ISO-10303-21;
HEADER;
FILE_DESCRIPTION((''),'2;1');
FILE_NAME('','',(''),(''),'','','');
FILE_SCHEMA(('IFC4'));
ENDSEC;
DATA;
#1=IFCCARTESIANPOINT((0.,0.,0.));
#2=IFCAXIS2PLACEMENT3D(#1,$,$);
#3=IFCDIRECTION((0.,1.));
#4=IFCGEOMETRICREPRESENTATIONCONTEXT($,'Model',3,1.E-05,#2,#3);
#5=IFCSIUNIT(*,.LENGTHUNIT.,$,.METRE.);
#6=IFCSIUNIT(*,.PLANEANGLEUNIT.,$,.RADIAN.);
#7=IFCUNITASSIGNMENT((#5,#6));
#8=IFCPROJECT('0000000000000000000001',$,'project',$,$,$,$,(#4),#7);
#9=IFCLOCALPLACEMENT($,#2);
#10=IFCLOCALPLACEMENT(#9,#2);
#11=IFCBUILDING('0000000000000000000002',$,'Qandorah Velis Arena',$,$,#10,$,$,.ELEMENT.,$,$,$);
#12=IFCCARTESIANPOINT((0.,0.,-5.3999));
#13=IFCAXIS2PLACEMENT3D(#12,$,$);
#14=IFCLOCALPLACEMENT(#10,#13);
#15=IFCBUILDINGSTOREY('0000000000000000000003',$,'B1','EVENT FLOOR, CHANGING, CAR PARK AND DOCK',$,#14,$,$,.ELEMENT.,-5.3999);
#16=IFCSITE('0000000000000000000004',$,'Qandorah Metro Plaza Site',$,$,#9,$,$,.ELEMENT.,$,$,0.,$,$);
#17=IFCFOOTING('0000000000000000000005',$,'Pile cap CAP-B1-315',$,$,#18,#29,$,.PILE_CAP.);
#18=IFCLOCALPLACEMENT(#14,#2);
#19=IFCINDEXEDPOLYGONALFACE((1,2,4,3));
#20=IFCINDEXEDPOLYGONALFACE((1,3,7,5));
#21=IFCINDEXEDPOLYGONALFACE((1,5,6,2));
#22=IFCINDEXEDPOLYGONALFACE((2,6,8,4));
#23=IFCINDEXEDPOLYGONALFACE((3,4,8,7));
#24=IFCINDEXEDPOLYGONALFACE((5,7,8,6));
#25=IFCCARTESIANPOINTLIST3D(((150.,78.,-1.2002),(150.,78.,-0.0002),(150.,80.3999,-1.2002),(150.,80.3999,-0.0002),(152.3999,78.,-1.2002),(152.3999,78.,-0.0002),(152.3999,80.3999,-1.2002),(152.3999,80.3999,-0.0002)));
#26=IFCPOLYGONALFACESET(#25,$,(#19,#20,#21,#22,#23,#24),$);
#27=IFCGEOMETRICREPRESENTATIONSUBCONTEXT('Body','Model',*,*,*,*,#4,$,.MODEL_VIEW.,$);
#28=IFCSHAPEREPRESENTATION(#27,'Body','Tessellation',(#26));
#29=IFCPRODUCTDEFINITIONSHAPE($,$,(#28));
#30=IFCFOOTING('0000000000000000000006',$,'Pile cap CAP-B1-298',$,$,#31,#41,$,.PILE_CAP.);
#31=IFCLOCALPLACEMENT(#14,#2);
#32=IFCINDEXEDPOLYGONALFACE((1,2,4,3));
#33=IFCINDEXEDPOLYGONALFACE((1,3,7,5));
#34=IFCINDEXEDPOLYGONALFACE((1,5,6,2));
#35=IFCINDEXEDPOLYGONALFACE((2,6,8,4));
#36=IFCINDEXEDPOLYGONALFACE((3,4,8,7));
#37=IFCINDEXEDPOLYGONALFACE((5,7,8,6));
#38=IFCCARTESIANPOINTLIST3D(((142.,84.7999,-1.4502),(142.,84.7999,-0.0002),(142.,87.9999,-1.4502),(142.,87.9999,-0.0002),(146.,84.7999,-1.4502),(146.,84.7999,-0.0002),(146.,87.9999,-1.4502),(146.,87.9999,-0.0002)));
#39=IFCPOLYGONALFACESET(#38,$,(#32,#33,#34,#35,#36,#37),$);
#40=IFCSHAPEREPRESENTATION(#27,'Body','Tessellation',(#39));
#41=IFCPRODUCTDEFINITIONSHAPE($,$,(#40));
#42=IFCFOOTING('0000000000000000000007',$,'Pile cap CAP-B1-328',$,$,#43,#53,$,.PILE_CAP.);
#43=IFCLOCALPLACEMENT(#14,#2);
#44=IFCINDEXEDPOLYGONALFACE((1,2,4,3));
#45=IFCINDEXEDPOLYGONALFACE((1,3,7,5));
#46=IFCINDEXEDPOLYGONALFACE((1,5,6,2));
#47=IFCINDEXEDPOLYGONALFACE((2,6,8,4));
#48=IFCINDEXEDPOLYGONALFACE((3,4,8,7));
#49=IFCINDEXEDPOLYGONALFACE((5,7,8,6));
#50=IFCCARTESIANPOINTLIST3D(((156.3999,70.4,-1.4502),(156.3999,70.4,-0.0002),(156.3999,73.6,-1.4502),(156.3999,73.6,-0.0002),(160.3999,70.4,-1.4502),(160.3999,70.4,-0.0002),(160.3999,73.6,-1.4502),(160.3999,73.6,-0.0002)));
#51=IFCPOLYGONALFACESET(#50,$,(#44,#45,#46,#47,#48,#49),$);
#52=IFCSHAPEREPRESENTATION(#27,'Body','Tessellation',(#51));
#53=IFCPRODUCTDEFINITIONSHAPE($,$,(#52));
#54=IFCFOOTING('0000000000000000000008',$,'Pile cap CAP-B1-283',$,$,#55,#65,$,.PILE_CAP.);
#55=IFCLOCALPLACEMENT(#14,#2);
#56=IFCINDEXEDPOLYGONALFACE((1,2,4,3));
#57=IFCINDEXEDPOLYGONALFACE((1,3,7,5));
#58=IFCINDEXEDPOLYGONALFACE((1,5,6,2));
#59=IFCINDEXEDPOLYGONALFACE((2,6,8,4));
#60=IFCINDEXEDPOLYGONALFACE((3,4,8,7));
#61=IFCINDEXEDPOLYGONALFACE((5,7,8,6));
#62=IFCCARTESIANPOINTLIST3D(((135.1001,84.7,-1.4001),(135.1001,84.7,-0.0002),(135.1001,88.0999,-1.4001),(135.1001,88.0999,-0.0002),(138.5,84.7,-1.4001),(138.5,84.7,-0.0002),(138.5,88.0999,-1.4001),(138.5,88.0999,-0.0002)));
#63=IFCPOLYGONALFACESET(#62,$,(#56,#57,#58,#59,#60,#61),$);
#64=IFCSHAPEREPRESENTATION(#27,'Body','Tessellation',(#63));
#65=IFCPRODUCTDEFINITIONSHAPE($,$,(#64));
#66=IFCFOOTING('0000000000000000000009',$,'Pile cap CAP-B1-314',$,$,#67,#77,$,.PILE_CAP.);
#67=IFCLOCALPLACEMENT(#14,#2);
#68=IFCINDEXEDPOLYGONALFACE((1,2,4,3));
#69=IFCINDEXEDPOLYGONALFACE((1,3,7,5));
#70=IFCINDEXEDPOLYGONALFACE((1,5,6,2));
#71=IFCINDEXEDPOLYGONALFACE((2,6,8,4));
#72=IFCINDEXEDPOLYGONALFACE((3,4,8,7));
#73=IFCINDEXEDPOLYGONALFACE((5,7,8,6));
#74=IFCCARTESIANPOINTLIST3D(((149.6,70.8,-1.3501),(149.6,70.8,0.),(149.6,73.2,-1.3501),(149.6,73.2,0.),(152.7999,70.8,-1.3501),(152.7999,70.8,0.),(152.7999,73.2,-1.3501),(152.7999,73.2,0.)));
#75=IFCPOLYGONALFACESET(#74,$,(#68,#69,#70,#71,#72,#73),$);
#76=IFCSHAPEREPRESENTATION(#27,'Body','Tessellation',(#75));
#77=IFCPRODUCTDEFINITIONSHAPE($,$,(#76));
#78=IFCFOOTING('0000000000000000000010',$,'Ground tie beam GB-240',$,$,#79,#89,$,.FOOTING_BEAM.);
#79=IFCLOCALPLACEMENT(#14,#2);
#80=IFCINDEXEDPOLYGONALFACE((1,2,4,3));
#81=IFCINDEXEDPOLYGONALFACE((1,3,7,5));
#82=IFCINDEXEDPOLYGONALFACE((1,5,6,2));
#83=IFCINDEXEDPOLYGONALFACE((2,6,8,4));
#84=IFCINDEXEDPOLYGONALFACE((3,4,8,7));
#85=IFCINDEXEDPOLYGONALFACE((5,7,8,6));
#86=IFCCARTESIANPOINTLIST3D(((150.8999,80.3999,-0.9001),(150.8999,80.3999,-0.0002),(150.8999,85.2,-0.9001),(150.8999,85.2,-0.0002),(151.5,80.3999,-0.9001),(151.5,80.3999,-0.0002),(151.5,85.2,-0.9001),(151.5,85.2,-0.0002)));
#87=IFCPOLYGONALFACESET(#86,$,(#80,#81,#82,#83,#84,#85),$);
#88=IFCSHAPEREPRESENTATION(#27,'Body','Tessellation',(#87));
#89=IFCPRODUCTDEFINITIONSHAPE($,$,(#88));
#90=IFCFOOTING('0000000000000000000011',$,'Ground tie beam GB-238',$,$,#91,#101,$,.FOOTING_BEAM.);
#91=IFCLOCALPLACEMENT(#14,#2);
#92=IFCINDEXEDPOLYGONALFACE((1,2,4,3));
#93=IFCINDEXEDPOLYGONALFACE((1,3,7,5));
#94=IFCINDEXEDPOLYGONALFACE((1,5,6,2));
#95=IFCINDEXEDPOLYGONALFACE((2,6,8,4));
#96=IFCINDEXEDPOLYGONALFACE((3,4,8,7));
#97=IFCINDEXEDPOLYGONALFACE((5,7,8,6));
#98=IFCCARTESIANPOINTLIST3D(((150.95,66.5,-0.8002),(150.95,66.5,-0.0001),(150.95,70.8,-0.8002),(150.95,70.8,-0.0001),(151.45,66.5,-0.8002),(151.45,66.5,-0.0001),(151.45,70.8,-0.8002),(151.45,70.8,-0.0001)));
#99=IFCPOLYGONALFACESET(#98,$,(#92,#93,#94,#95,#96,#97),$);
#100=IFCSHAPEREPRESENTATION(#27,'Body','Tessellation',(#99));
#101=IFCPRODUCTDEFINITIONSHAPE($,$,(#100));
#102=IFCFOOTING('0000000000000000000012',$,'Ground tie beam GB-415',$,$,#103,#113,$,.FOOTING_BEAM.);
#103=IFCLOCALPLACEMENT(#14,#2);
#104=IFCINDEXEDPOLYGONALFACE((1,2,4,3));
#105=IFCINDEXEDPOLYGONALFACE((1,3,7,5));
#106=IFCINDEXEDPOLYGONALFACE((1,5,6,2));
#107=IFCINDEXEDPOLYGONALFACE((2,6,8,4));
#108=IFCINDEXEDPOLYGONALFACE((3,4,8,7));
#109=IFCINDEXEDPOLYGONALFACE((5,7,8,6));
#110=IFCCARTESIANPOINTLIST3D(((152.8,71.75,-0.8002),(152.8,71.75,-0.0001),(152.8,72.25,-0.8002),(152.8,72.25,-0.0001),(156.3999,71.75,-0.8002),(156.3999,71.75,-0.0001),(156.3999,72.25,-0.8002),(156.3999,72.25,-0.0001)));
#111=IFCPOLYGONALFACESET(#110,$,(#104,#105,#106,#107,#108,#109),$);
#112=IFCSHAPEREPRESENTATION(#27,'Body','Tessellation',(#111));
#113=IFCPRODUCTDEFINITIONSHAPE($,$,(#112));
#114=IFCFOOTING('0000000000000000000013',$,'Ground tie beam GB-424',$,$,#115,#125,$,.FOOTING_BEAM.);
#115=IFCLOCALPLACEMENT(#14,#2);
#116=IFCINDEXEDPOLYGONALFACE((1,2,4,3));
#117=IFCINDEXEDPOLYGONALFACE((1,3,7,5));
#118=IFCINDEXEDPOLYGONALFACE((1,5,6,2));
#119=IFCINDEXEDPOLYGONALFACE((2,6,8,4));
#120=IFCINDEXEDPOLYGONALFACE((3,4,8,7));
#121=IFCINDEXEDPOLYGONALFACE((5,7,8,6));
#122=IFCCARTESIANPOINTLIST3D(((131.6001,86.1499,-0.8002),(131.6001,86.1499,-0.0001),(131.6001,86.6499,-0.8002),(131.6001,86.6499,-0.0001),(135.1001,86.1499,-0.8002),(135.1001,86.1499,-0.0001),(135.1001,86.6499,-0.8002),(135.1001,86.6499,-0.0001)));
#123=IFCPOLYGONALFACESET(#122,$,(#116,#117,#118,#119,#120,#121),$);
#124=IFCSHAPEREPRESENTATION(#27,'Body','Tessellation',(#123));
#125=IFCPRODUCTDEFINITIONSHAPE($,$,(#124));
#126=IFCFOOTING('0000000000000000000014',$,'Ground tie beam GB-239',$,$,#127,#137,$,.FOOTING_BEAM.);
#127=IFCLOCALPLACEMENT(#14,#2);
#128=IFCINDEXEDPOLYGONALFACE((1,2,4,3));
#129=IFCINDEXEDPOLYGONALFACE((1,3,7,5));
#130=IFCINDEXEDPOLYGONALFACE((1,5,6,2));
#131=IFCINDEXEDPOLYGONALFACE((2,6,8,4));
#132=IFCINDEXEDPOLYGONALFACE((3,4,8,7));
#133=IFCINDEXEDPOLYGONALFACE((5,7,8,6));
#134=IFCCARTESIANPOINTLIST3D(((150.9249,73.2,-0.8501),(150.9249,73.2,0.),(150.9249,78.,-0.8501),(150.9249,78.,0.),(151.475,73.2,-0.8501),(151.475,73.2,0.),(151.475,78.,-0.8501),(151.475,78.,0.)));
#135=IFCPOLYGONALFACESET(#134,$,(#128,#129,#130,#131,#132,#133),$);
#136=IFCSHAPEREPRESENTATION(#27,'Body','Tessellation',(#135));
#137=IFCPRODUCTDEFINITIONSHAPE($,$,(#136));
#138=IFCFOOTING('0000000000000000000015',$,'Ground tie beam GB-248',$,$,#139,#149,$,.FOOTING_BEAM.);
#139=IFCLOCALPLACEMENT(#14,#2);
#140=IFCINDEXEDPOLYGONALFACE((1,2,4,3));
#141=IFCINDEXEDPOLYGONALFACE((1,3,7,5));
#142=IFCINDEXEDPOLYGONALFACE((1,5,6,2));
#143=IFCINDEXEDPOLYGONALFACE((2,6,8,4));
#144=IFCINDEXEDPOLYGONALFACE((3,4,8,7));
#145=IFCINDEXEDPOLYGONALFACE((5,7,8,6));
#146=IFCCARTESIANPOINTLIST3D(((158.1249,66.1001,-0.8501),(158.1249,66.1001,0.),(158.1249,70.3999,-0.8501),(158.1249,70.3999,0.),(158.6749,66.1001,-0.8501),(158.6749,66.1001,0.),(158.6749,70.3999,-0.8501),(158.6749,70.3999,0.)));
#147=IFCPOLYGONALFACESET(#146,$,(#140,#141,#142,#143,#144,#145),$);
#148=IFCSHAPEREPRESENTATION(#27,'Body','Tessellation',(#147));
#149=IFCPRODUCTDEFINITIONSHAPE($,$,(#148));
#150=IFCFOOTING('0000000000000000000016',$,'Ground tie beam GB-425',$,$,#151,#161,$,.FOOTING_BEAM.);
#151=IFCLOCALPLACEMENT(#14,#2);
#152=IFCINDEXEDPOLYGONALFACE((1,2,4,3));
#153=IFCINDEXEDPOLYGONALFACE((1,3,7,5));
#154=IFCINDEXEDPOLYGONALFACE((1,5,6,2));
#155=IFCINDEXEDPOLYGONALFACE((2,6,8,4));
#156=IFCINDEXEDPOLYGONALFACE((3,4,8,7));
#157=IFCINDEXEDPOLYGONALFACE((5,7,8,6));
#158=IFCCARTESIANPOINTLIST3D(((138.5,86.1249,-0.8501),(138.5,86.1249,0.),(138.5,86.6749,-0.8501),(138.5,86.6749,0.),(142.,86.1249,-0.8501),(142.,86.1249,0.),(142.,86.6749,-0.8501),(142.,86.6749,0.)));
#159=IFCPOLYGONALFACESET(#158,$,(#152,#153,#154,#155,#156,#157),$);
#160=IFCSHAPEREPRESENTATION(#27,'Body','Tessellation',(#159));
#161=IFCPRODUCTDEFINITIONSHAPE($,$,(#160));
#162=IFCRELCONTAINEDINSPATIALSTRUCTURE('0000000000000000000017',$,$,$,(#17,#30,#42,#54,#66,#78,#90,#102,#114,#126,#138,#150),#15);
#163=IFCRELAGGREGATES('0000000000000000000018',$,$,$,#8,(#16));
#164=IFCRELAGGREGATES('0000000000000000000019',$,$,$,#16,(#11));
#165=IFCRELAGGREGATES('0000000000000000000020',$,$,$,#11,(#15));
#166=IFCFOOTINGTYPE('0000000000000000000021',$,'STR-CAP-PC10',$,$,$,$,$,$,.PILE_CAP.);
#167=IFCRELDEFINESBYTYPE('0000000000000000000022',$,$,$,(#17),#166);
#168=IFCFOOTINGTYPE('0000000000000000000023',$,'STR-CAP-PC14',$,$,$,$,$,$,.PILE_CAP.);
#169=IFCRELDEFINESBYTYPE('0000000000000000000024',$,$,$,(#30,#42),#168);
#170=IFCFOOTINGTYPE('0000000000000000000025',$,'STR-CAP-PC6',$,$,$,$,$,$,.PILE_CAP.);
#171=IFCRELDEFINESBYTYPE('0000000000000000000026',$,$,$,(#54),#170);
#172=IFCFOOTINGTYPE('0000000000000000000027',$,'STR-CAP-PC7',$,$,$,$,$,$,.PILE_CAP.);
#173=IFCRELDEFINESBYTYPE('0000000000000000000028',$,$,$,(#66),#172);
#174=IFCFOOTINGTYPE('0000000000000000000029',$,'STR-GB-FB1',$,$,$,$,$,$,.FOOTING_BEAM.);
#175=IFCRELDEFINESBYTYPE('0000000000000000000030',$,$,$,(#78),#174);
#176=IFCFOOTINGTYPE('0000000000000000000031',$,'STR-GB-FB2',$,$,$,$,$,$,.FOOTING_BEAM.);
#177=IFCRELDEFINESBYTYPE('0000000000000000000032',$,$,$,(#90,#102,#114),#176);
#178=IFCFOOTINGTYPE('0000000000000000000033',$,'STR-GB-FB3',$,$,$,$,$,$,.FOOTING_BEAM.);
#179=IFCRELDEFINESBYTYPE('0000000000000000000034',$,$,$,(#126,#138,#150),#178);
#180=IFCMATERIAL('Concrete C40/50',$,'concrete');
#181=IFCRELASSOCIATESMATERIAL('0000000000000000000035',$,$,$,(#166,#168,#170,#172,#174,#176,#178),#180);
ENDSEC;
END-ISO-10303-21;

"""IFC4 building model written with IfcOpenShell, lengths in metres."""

from ifc_helpers import new_model, si_unit, direction, frame, origin, origin_2d, place, context, subcontext, project, spatial, rectangle, extrude, material, material_profile, profile_set, type_object, element, save


model = new_model("IFC4")

# Units and contexts
model_context = context("Model", 3, precision=1e-05, world=origin(), true_north=direction((0.0, 1.0)))
body_context = subcontext(model_context, "Body", "Model", "MODEL_VIEW")
ifc_project = project(units=[si_unit("LENGTHUNIT", "METRE"), si_unit("PLANEANGLEUNIT", "RADIAN")], contexts=[model_context])

# Site, building, storey
site_placement = place(None, origin())
site = spatial("IfcSite", under=ifc_project, at=site_placement, Name="Qandorah Metro Plaza Site", CompositionType="ELEMENT", RefElevation=0.0)
building_placement = place(site_placement, origin())
building = spatial("IfcBuilding", under=site, at=building_placement, Name="Qandorah Velis Arena", CompositionType="ELEMENT")
storey_placement = place(building_placement, frame((0.0, 0.0, -5.3999)))
storey = spatial("IfcBuildingStorey", under=building, at=storey_placement, Name="B1", Description="EVENT FLOOR, CHANGING, CAR PARK AND DOCK", CompositionType="ELEMENT", Elevation=-5.3999)

# Footings
ifc_material_1 = material(Name="Concrete C40/50", Category="concrete")
footing_type_1 = type_object("IfcFootingType", Name="STR-CAP-PC10", PredefinedType="PILE_CAP", material=ifc_material_1)
footing_1_placement = place(storey_placement, frame((151.2, 79.2, -1.2002), z_axis=(0.0, 0.0, 1.0), x_axis=(1.0, 0.0, 0.0)))
element("IfcFooting", 1, at=footing_1_placement, inside=storey, type_object=footing_type_1, Name="Pile cap CAP-B1-315", PredefinedType="PILE_CAP", context=body_context, shape_type="SweptSolid", body=[
    extrude(rectangle(XDim=2.3999, YDim=2.3999, at=origin_2d()), origin(), (0.0, 0.0, 1.0), 1.2),
])
footing_type_2 = type_object("IfcFootingType", Name="STR-CAP-PC14", PredefinedType="PILE_CAP", material=ifc_material_1)
for number, where, z_axis, x_axis, name in (
    (2, (144.0, 86.3999, -1.4502), (0.0, 0.0, 1.0), (1.0, 0.0, 0.0), "Pile cap CAP-B1-298"),
    (3, (158.3999, 72.0, -1.4502), (0.0, 0.0, 1.0), (1.0, 0.0, 0.0), "Pile cap CAP-B1-328"),
):
    element("IfcFooting", number, at=place(storey_placement, frame(where, z_axis=z_axis, x_axis=x_axis)), inside=storey, type_object=footing_type_2, Name=name, PredefinedType="PILE_CAP", context=body_context, shape_type="SweptSolid", body=[
        extrude(rectangle(XDim=4.0, YDim=3.2, at=origin_2d()), origin(), (0.0, 0.0, 1.0), 1.45),
    ])
footing_type_3 = type_object("IfcFootingType", Name="STR-CAP-PC6", PredefinedType="PILE_CAP", material=ifc_material_1)
footing_2_placement = place(storey_placement, frame((136.8, 86.3999, -1.4001), z_axis=(0.0, 0.0, 1.0), x_axis=(1.0, 0.0, 0.0)))
element("IfcFooting", 4, at=footing_2_placement, inside=storey, type_object=footing_type_3, Name="Pile cap CAP-B1-283", PredefinedType="PILE_CAP", context=body_context, shape_type="SweptSolid", body=[
    extrude(rectangle(XDim=3.3999, YDim=3.3999, at=origin_2d()), origin(), (0.0, 0.0, 1.0), 1.3999),
])
footing_type_4 = type_object("IfcFootingType", Name="STR-CAP-PC7", PredefinedType="PILE_CAP", material=ifc_material_1)
footing_3_placement = place(storey_placement, frame((151.2, 72.0, -1.3501), z_axis=(0.0, 0.0, 1.0), x_axis=(1.0, 0.0, 0.0)))
element("IfcFooting", 5, at=footing_3_placement, inside=storey, type_object=footing_type_4, Name="Pile cap CAP-B1-314", PredefinedType="PILE_CAP", context=body_context, shape_type="SweptSolid", body=[
    extrude(rectangle(XDim=3.2, YDim=2.3999, at=origin_2d()), origin(), (0.0, 0.0, 1.0), 1.3501),
])
ifc_material_profile_1 = material_profile(ifc_material_1, rectangle(XDim=0.6001, YDim=0.8999, at=origin_2d()), Name="GB1 600x900")
ifc_profile_set_1 = profile_set([ifc_material_profile_1], Name="Concrete C40/50")
footing_type_5 = type_object("IfcFootingType", Name="STR-GB-FB1", PredefinedType="FOOTING_BEAM", material=ifc_profile_set_1)
footing_4_placement = place(storey_placement, frame((151.2, 80.3999, -0.4502), z_axis=(0.0, 1.0, 0.0), x_axis=(-1.0, 0.0, 0.0)))
element("IfcFooting", 6, at=footing_4_placement, inside=storey, type_object=footing_type_5, Name="Ground tie beam GB-240", PredefinedType="FOOTING_BEAM", context=body_context, shape_type="SweptSolid", body=[
    extrude(rectangle(XDim=0.6001, YDim=0.8999, at=origin_2d()), origin(), (0.0, 0.0, 1.0), 4.8),
])
ifc_material_profile_2 = material_profile(ifc_material_1, rectangle(XDim=0.5, YDim=0.8, at=origin_2d()), Name="GB2 500x800")
ifc_profile_set_2 = profile_set([ifc_material_profile_2], Name="Concrete C40/50")
footing_type_6 = type_object("IfcFootingType", Name="STR-GB-FB2", PredefinedType="FOOTING_BEAM", material=ifc_profile_set_2)
footing_5_placement = place(storey_placement, frame((151.2, 66.5, -0.4001), z_axis=(0.0, 1.0, 0.0), x_axis=(-1.0, 0.0, 0.0)))
element("IfcFooting", 7, at=footing_5_placement, inside=storey, type_object=footing_type_6, Name="Ground tie beam GB-238", PredefinedType="FOOTING_BEAM", context=body_context, shape_type="SweptSolid", body=[
    extrude(rectangle(XDim=0.5, YDim=0.8, at=origin_2d()), origin(), (0.0, 0.0, 1.0), 4.3),
])
footing_6_placement = place(storey_placement, frame((152.8, 72.0, -0.4001), z_axis=(1.0, 0.0, 0.0), x_axis=(0.0, 1.0, 0.0)))
element("IfcFooting", 8, at=footing_6_placement, inside=storey, type_object=footing_type_6, Name="Ground tie beam GB-415", PredefinedType="FOOTING_BEAM", context=body_context, shape_type="SweptSolid", body=[
    extrude(rectangle(XDim=0.5, YDim=0.8, at=origin_2d()), origin(), (0.0, 0.0, 1.0), 3.5999),
])
footing_7_placement = place(storey_placement, frame((131.6001, 86.3999, -0.4001), z_axis=(1.0, 0.0, 0.0), x_axis=(0.0, 1.0, 0.0)))
element("IfcFooting", 9, at=footing_7_placement, inside=storey, type_object=footing_type_6, Name="Ground tie beam GB-424", PredefinedType="FOOTING_BEAM", context=body_context, shape_type="SweptSolid", body=[
    extrude(rectangle(XDim=0.5, YDim=0.8, at=origin_2d()), origin(), (0.0, 0.0, 1.0), 3.5),
])
ifc_material_profile_3 = material_profile(ifc_material_1, rectangle(XDim=0.55, YDim=0.8501, at=origin_2d()), Name="GB3 550x850")
ifc_profile_set_3 = profile_set([ifc_material_profile_3], Name="Concrete C40/50")
footing_type_7 = type_object("IfcFootingType", Name="STR-GB-FB3", PredefinedType="FOOTING_BEAM", material=ifc_profile_set_3)
footing_8_placement = place(storey_placement, frame((151.2, 73.2, -0.425), z_axis=(0.0, 1.0, 0.0), x_axis=(-1.0, 0.0, 0.0)))
element("IfcFooting", 10, at=footing_8_placement, inside=storey, type_object=footing_type_7, Name="Ground tie beam GB-239", PredefinedType="FOOTING_BEAM", context=body_context, shape_type="SweptSolid", body=[
    extrude(rectangle(XDim=0.55, YDim=0.8501, at=origin_2d()), origin(), (0.0, 0.0, 1.0), 4.8),
])
footing_9_placement = place(storey_placement, frame((158.3999, 66.1001, -0.425), z_axis=(0.0, 1.0, 0.0), x_axis=(-1.0, 0.0, 0.0)))
element("IfcFooting", 11, at=footing_9_placement, inside=storey, type_object=footing_type_7, Name="Ground tie beam GB-248", PredefinedType="FOOTING_BEAM", context=body_context, shape_type="SweptSolid", body=[
    extrude(rectangle(XDim=0.55, YDim=0.8501, at=origin_2d()), origin(), (0.0, 0.0, 1.0), 4.2998),
])
footing_10_placement = place(storey_placement, frame((138.5, 86.3999, -0.425), z_axis=(1.0, 0.0, 0.0), x_axis=(0.0, 1.0, 0.0)))
element("IfcFooting", 12, at=footing_10_placement, inside=storey, type_object=footing_type_7, Name="Ground tie beam GB-425", PredefinedType="FOOTING_BEAM", context=body_context, shape_type="SweptSolid", body=[
    extrude(rectangle(XDim=0.55, YDim=0.8501, at=origin_2d()), origin(), (0.0, 0.0, 1.0), 3.5),
])

save(model, "model.ifc")
